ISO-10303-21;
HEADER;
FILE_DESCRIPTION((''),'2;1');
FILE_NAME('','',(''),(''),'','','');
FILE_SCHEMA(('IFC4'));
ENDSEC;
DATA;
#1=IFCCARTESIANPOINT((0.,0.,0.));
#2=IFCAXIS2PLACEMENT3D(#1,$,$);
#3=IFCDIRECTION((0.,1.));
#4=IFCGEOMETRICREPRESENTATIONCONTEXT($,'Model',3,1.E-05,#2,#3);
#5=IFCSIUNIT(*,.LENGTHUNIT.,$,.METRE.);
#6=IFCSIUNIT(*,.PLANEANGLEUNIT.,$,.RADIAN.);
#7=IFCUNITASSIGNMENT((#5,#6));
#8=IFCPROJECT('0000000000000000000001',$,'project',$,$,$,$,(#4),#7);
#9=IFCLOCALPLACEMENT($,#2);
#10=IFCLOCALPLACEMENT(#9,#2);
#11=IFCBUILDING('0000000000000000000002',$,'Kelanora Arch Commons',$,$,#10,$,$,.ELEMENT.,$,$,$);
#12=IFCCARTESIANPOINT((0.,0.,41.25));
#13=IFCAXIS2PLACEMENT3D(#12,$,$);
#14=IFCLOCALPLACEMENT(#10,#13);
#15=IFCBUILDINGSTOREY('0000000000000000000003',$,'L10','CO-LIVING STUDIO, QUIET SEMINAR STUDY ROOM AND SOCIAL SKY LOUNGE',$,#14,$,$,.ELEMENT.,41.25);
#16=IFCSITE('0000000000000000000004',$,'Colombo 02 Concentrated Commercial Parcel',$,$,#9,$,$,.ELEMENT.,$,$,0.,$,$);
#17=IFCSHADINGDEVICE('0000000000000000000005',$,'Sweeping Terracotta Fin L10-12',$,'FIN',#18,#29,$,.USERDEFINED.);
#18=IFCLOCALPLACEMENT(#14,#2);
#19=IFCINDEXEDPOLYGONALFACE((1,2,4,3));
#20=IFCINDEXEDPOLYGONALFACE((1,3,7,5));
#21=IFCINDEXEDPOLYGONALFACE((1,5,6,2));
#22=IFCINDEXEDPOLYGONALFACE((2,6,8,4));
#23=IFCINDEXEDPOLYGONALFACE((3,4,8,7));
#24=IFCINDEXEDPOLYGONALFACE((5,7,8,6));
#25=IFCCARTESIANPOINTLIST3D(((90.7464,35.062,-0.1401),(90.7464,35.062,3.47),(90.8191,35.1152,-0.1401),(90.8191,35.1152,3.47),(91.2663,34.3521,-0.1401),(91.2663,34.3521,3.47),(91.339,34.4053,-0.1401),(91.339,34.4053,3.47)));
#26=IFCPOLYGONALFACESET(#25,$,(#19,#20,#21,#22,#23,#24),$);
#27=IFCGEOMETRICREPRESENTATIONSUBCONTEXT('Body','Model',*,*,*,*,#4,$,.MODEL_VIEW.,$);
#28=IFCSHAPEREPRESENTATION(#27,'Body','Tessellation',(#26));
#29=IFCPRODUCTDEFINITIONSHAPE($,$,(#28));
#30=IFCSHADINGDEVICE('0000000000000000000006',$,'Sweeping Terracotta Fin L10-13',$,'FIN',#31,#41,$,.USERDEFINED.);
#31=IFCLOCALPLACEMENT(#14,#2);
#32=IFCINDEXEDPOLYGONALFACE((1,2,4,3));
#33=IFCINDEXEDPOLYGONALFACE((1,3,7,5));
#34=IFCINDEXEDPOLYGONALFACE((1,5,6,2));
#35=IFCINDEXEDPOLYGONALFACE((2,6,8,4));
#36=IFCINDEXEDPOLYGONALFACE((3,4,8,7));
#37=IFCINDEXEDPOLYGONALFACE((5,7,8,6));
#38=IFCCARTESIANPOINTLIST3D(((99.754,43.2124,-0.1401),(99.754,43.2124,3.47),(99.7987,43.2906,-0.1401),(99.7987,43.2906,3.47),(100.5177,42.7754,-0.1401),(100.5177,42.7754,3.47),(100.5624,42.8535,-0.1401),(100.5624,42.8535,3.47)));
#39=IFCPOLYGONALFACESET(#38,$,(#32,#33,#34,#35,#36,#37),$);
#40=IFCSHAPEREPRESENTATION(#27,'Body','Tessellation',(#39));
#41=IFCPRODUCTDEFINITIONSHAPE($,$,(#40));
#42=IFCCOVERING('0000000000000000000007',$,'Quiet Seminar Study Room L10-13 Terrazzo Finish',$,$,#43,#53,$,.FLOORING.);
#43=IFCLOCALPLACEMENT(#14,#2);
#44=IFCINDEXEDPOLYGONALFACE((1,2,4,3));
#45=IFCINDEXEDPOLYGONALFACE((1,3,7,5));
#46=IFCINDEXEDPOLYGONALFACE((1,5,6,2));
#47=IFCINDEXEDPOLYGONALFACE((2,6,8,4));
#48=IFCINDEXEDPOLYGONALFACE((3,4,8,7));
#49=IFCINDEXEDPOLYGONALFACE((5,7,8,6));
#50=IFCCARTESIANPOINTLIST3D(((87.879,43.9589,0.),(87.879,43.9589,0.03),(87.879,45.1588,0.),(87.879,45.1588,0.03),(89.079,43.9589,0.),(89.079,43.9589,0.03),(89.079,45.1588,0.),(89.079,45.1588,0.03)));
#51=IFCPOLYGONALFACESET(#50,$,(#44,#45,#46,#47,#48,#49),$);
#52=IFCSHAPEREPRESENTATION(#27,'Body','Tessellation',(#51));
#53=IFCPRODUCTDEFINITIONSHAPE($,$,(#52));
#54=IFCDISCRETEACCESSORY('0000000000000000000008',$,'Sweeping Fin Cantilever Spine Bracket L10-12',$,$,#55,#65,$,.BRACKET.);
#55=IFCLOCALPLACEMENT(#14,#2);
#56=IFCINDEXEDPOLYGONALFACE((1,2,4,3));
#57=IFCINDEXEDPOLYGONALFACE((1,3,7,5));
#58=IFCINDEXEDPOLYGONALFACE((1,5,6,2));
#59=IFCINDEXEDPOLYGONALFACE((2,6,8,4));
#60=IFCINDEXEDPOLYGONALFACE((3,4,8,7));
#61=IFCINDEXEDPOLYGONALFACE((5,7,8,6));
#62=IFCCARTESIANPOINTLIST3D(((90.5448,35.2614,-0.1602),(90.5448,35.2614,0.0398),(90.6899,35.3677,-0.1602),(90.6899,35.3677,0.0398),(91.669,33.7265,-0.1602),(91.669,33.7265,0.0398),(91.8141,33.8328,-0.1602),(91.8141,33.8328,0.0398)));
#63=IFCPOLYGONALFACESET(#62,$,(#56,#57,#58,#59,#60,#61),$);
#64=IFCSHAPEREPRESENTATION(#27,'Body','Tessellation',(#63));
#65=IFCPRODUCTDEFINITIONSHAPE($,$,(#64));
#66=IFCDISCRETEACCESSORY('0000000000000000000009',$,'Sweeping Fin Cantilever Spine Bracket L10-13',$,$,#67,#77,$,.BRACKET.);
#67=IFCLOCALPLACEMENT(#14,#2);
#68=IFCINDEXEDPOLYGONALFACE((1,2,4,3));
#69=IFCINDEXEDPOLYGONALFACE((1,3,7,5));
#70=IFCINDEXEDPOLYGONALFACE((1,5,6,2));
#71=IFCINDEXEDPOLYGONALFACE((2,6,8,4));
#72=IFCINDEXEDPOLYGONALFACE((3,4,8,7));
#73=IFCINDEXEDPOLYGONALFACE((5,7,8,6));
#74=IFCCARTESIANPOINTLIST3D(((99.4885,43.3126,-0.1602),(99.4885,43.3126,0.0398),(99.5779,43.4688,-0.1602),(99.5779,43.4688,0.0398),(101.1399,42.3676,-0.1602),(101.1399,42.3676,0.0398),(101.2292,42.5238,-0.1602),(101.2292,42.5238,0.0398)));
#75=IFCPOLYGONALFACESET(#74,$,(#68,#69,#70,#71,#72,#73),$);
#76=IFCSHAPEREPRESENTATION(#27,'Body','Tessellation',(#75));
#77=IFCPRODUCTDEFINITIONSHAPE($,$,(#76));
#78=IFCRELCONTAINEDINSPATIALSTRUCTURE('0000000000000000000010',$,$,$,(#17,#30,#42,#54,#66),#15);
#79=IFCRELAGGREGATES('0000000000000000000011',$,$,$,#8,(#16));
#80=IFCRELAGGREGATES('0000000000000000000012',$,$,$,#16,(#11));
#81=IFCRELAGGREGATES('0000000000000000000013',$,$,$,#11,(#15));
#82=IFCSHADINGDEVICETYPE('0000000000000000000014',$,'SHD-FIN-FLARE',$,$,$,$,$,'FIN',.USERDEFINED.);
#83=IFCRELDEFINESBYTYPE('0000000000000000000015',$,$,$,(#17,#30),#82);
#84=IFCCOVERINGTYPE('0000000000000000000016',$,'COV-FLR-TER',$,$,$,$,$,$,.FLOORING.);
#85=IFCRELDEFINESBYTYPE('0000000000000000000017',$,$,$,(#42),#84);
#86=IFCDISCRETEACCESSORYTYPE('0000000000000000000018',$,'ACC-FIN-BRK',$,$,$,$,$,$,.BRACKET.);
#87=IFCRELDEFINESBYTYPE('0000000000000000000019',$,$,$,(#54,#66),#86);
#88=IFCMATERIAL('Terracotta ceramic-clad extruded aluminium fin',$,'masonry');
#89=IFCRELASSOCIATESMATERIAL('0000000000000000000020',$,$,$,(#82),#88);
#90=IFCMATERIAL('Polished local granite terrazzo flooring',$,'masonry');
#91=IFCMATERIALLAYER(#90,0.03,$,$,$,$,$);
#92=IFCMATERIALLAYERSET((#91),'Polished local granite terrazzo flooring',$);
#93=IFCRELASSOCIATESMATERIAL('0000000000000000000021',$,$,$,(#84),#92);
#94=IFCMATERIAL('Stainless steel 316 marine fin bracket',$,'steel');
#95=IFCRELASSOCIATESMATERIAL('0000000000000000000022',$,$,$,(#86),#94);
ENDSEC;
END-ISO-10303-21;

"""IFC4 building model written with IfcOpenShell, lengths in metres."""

from ifc_helpers import new_model, si_unit, direction, frame, origin, origin_2d, place, context, subcontext, project, spatial, rectangle, extrude, source, transform, mapped, material, layer, layer_set, type_object, element, save


model = new_model("IFC4")

# Units and contexts
model_context = context("Model", 3, precision=1e-05, world=origin(), true_north=direction((0.0, 1.0)))
body_context = subcontext(model_context, "Body", "Model", "MODEL_VIEW")
ifc_project = project(units=[si_unit("LENGTHUNIT", "METRE"), si_unit("PLANEANGLEUNIT", "RADIAN")], contexts=[model_context])

# Site, building, storey
site_placement = place(None, origin())
site = spatial("IfcSite", under=ifc_project, at=site_placement, Name="Colombo 02 Concentrated Commercial Parcel", CompositionType="ELEMENT", RefElevation=0.0)
building_placement = place(site_placement, origin())
building = spatial("IfcBuilding", under=site, at=building_placement, Name="Kelanora Arch Commons", CompositionType="ELEMENT")
storey_placement = place(building_placement, frame((0.0, 0.0, 41.25)))
storey = spatial("IfcBuildingStorey", under=building, at=storey_placement, Name="L10", Description="CO-LIVING STUDIO, QUIET SEMINAR STUDY ROOM AND SOCIAL SKY LOUNGE", CompositionType="ELEMENT", Elevation=41.25)

# Shading devices
ifc_material_1 = material(Name="Terracotta ceramic-clad extruded aluminium fin", Category="masonry")
shading_device_type = type_object("IfcShadingDeviceType", Name="SHD-FIN-FLARE", ElementType="FIN", PredefinedType="USERDEFINED", material=ifc_material_1)
shared_shape_1 = source(origin(), body_context, "Body", "SweptSolid", [
    extrude(rectangle(XDim=0.8799, YDim=0.0901, at=origin_2d()), origin(), (0.0, 0.0, 1.0), 3.6101),
])
for number, where, z_axis, x_axis, name in (
    (1, (91.0427, 34.7336, -0.1401), (0.0, 0.0, 1.0), (0.590887, -0.806754, 0.0), "Sweeping Terracotta Fin L10-12"),
    (2, (100.1582, 43.033, -0.1401), (0.0, 0.0, 1.0), (0.867939, -0.496671, 0.0), "Sweeping Terracotta Fin L10-13"),
):
    element("IfcShadingDevice", number, at=place(storey_placement, frame(where, z_axis=z_axis, x_axis=x_axis)), inside=storey, type_object=shading_device_type, Name=name, ObjectType="FIN", PredefinedType="USERDEFINED", context=body_context, shape_type="MappedRepresentation", body=[
        mapped(shared_shape_1, transform((0.0, 0.0, 0.0), scale=1.0)),
    ])

# Covering
ifc_material_2 = material(Name="Polished local granite terrazzo flooring", Category="masonry")
ifc_layer_1 = layer(ifc_material_2, 0.03)
ifc_layer_set_1 = layer_set([ifc_layer_1], Name="Polished local granite terrazzo flooring")
covering_type = type_object("IfcCoveringType", Name="COV-FLR-TER", PredefinedType="FLOORING", material=ifc_layer_set_1)
shared_shape_2 = source(origin(), body_context, "Body", "SweptSolid", [
    extrude(rectangle(XDim=1.2, YDim=1.2, at=origin_2d()), origin(), (0.0, 0.0, 1.0), 0.03),
])
covering_placement = place(storey_placement, frame((88.479, 44.5588, 0.0), z_axis=(0.0, 0.0, 1.0), x_axis=(1.0, 0.0, 0.0)))
element("IfcCovering", 3, at=covering_placement, inside=storey, type_object=covering_type, Name="Quiet Seminar Study Room L10-13 Terrazzo Finish", PredefinedType="FLOORING", context=body_context, shape_type="MappedRepresentation", body=[
    mapped(shared_shape_2, transform((0.0, 0.0, 0.0), scale=1.0)),
])

# Discrete accessories
ifc_material_3 = material(Name="Stainless steel 316 marine fin bracket", Category="steel")
discrete_accessory_type = type_object("IfcDiscreteAccessoryType", Name="ACC-FIN-BRK", PredefinedType="BRACKET", material=ifc_material_3)
shared_shape_3 = source(origin(), body_context, "Body", "SweptSolid", [
    extrude(rectangle(XDim=1.9026, YDim=0.1799, at=origin_2d()), origin(), (0.0, 0.0, 1.0), 0.2),
])
for number, where, z_axis, x_axis, name in (
    (4, (91.1794, 34.5471, -0.1602), (0.0, 0.0, 1.0), (0.590887, -0.806754, 0.0), "Sweeping Fin Cantilever Spine Bracket L10-12"),
    (5, (100.3589, 42.9182, -0.1602), (0.0, 0.0, 1.0), (0.867939, -0.496671, 0.0), "Sweeping Fin Cantilever Spine Bracket L10-13"),
):
    element("IfcDiscreteAccessory", number, at=place(storey_placement, frame(where, z_axis=z_axis, x_axis=x_axis)), inside=storey, type_object=discrete_accessory_type, Name=name, PredefinedType="BRACKET", context=body_context, shape_type="MappedRepresentation", body=[
        mapped(shared_shape_3, transform((0.0, 0.0, 0.0), scale=1.0)),
    ])

save(model, "model.ifc")
